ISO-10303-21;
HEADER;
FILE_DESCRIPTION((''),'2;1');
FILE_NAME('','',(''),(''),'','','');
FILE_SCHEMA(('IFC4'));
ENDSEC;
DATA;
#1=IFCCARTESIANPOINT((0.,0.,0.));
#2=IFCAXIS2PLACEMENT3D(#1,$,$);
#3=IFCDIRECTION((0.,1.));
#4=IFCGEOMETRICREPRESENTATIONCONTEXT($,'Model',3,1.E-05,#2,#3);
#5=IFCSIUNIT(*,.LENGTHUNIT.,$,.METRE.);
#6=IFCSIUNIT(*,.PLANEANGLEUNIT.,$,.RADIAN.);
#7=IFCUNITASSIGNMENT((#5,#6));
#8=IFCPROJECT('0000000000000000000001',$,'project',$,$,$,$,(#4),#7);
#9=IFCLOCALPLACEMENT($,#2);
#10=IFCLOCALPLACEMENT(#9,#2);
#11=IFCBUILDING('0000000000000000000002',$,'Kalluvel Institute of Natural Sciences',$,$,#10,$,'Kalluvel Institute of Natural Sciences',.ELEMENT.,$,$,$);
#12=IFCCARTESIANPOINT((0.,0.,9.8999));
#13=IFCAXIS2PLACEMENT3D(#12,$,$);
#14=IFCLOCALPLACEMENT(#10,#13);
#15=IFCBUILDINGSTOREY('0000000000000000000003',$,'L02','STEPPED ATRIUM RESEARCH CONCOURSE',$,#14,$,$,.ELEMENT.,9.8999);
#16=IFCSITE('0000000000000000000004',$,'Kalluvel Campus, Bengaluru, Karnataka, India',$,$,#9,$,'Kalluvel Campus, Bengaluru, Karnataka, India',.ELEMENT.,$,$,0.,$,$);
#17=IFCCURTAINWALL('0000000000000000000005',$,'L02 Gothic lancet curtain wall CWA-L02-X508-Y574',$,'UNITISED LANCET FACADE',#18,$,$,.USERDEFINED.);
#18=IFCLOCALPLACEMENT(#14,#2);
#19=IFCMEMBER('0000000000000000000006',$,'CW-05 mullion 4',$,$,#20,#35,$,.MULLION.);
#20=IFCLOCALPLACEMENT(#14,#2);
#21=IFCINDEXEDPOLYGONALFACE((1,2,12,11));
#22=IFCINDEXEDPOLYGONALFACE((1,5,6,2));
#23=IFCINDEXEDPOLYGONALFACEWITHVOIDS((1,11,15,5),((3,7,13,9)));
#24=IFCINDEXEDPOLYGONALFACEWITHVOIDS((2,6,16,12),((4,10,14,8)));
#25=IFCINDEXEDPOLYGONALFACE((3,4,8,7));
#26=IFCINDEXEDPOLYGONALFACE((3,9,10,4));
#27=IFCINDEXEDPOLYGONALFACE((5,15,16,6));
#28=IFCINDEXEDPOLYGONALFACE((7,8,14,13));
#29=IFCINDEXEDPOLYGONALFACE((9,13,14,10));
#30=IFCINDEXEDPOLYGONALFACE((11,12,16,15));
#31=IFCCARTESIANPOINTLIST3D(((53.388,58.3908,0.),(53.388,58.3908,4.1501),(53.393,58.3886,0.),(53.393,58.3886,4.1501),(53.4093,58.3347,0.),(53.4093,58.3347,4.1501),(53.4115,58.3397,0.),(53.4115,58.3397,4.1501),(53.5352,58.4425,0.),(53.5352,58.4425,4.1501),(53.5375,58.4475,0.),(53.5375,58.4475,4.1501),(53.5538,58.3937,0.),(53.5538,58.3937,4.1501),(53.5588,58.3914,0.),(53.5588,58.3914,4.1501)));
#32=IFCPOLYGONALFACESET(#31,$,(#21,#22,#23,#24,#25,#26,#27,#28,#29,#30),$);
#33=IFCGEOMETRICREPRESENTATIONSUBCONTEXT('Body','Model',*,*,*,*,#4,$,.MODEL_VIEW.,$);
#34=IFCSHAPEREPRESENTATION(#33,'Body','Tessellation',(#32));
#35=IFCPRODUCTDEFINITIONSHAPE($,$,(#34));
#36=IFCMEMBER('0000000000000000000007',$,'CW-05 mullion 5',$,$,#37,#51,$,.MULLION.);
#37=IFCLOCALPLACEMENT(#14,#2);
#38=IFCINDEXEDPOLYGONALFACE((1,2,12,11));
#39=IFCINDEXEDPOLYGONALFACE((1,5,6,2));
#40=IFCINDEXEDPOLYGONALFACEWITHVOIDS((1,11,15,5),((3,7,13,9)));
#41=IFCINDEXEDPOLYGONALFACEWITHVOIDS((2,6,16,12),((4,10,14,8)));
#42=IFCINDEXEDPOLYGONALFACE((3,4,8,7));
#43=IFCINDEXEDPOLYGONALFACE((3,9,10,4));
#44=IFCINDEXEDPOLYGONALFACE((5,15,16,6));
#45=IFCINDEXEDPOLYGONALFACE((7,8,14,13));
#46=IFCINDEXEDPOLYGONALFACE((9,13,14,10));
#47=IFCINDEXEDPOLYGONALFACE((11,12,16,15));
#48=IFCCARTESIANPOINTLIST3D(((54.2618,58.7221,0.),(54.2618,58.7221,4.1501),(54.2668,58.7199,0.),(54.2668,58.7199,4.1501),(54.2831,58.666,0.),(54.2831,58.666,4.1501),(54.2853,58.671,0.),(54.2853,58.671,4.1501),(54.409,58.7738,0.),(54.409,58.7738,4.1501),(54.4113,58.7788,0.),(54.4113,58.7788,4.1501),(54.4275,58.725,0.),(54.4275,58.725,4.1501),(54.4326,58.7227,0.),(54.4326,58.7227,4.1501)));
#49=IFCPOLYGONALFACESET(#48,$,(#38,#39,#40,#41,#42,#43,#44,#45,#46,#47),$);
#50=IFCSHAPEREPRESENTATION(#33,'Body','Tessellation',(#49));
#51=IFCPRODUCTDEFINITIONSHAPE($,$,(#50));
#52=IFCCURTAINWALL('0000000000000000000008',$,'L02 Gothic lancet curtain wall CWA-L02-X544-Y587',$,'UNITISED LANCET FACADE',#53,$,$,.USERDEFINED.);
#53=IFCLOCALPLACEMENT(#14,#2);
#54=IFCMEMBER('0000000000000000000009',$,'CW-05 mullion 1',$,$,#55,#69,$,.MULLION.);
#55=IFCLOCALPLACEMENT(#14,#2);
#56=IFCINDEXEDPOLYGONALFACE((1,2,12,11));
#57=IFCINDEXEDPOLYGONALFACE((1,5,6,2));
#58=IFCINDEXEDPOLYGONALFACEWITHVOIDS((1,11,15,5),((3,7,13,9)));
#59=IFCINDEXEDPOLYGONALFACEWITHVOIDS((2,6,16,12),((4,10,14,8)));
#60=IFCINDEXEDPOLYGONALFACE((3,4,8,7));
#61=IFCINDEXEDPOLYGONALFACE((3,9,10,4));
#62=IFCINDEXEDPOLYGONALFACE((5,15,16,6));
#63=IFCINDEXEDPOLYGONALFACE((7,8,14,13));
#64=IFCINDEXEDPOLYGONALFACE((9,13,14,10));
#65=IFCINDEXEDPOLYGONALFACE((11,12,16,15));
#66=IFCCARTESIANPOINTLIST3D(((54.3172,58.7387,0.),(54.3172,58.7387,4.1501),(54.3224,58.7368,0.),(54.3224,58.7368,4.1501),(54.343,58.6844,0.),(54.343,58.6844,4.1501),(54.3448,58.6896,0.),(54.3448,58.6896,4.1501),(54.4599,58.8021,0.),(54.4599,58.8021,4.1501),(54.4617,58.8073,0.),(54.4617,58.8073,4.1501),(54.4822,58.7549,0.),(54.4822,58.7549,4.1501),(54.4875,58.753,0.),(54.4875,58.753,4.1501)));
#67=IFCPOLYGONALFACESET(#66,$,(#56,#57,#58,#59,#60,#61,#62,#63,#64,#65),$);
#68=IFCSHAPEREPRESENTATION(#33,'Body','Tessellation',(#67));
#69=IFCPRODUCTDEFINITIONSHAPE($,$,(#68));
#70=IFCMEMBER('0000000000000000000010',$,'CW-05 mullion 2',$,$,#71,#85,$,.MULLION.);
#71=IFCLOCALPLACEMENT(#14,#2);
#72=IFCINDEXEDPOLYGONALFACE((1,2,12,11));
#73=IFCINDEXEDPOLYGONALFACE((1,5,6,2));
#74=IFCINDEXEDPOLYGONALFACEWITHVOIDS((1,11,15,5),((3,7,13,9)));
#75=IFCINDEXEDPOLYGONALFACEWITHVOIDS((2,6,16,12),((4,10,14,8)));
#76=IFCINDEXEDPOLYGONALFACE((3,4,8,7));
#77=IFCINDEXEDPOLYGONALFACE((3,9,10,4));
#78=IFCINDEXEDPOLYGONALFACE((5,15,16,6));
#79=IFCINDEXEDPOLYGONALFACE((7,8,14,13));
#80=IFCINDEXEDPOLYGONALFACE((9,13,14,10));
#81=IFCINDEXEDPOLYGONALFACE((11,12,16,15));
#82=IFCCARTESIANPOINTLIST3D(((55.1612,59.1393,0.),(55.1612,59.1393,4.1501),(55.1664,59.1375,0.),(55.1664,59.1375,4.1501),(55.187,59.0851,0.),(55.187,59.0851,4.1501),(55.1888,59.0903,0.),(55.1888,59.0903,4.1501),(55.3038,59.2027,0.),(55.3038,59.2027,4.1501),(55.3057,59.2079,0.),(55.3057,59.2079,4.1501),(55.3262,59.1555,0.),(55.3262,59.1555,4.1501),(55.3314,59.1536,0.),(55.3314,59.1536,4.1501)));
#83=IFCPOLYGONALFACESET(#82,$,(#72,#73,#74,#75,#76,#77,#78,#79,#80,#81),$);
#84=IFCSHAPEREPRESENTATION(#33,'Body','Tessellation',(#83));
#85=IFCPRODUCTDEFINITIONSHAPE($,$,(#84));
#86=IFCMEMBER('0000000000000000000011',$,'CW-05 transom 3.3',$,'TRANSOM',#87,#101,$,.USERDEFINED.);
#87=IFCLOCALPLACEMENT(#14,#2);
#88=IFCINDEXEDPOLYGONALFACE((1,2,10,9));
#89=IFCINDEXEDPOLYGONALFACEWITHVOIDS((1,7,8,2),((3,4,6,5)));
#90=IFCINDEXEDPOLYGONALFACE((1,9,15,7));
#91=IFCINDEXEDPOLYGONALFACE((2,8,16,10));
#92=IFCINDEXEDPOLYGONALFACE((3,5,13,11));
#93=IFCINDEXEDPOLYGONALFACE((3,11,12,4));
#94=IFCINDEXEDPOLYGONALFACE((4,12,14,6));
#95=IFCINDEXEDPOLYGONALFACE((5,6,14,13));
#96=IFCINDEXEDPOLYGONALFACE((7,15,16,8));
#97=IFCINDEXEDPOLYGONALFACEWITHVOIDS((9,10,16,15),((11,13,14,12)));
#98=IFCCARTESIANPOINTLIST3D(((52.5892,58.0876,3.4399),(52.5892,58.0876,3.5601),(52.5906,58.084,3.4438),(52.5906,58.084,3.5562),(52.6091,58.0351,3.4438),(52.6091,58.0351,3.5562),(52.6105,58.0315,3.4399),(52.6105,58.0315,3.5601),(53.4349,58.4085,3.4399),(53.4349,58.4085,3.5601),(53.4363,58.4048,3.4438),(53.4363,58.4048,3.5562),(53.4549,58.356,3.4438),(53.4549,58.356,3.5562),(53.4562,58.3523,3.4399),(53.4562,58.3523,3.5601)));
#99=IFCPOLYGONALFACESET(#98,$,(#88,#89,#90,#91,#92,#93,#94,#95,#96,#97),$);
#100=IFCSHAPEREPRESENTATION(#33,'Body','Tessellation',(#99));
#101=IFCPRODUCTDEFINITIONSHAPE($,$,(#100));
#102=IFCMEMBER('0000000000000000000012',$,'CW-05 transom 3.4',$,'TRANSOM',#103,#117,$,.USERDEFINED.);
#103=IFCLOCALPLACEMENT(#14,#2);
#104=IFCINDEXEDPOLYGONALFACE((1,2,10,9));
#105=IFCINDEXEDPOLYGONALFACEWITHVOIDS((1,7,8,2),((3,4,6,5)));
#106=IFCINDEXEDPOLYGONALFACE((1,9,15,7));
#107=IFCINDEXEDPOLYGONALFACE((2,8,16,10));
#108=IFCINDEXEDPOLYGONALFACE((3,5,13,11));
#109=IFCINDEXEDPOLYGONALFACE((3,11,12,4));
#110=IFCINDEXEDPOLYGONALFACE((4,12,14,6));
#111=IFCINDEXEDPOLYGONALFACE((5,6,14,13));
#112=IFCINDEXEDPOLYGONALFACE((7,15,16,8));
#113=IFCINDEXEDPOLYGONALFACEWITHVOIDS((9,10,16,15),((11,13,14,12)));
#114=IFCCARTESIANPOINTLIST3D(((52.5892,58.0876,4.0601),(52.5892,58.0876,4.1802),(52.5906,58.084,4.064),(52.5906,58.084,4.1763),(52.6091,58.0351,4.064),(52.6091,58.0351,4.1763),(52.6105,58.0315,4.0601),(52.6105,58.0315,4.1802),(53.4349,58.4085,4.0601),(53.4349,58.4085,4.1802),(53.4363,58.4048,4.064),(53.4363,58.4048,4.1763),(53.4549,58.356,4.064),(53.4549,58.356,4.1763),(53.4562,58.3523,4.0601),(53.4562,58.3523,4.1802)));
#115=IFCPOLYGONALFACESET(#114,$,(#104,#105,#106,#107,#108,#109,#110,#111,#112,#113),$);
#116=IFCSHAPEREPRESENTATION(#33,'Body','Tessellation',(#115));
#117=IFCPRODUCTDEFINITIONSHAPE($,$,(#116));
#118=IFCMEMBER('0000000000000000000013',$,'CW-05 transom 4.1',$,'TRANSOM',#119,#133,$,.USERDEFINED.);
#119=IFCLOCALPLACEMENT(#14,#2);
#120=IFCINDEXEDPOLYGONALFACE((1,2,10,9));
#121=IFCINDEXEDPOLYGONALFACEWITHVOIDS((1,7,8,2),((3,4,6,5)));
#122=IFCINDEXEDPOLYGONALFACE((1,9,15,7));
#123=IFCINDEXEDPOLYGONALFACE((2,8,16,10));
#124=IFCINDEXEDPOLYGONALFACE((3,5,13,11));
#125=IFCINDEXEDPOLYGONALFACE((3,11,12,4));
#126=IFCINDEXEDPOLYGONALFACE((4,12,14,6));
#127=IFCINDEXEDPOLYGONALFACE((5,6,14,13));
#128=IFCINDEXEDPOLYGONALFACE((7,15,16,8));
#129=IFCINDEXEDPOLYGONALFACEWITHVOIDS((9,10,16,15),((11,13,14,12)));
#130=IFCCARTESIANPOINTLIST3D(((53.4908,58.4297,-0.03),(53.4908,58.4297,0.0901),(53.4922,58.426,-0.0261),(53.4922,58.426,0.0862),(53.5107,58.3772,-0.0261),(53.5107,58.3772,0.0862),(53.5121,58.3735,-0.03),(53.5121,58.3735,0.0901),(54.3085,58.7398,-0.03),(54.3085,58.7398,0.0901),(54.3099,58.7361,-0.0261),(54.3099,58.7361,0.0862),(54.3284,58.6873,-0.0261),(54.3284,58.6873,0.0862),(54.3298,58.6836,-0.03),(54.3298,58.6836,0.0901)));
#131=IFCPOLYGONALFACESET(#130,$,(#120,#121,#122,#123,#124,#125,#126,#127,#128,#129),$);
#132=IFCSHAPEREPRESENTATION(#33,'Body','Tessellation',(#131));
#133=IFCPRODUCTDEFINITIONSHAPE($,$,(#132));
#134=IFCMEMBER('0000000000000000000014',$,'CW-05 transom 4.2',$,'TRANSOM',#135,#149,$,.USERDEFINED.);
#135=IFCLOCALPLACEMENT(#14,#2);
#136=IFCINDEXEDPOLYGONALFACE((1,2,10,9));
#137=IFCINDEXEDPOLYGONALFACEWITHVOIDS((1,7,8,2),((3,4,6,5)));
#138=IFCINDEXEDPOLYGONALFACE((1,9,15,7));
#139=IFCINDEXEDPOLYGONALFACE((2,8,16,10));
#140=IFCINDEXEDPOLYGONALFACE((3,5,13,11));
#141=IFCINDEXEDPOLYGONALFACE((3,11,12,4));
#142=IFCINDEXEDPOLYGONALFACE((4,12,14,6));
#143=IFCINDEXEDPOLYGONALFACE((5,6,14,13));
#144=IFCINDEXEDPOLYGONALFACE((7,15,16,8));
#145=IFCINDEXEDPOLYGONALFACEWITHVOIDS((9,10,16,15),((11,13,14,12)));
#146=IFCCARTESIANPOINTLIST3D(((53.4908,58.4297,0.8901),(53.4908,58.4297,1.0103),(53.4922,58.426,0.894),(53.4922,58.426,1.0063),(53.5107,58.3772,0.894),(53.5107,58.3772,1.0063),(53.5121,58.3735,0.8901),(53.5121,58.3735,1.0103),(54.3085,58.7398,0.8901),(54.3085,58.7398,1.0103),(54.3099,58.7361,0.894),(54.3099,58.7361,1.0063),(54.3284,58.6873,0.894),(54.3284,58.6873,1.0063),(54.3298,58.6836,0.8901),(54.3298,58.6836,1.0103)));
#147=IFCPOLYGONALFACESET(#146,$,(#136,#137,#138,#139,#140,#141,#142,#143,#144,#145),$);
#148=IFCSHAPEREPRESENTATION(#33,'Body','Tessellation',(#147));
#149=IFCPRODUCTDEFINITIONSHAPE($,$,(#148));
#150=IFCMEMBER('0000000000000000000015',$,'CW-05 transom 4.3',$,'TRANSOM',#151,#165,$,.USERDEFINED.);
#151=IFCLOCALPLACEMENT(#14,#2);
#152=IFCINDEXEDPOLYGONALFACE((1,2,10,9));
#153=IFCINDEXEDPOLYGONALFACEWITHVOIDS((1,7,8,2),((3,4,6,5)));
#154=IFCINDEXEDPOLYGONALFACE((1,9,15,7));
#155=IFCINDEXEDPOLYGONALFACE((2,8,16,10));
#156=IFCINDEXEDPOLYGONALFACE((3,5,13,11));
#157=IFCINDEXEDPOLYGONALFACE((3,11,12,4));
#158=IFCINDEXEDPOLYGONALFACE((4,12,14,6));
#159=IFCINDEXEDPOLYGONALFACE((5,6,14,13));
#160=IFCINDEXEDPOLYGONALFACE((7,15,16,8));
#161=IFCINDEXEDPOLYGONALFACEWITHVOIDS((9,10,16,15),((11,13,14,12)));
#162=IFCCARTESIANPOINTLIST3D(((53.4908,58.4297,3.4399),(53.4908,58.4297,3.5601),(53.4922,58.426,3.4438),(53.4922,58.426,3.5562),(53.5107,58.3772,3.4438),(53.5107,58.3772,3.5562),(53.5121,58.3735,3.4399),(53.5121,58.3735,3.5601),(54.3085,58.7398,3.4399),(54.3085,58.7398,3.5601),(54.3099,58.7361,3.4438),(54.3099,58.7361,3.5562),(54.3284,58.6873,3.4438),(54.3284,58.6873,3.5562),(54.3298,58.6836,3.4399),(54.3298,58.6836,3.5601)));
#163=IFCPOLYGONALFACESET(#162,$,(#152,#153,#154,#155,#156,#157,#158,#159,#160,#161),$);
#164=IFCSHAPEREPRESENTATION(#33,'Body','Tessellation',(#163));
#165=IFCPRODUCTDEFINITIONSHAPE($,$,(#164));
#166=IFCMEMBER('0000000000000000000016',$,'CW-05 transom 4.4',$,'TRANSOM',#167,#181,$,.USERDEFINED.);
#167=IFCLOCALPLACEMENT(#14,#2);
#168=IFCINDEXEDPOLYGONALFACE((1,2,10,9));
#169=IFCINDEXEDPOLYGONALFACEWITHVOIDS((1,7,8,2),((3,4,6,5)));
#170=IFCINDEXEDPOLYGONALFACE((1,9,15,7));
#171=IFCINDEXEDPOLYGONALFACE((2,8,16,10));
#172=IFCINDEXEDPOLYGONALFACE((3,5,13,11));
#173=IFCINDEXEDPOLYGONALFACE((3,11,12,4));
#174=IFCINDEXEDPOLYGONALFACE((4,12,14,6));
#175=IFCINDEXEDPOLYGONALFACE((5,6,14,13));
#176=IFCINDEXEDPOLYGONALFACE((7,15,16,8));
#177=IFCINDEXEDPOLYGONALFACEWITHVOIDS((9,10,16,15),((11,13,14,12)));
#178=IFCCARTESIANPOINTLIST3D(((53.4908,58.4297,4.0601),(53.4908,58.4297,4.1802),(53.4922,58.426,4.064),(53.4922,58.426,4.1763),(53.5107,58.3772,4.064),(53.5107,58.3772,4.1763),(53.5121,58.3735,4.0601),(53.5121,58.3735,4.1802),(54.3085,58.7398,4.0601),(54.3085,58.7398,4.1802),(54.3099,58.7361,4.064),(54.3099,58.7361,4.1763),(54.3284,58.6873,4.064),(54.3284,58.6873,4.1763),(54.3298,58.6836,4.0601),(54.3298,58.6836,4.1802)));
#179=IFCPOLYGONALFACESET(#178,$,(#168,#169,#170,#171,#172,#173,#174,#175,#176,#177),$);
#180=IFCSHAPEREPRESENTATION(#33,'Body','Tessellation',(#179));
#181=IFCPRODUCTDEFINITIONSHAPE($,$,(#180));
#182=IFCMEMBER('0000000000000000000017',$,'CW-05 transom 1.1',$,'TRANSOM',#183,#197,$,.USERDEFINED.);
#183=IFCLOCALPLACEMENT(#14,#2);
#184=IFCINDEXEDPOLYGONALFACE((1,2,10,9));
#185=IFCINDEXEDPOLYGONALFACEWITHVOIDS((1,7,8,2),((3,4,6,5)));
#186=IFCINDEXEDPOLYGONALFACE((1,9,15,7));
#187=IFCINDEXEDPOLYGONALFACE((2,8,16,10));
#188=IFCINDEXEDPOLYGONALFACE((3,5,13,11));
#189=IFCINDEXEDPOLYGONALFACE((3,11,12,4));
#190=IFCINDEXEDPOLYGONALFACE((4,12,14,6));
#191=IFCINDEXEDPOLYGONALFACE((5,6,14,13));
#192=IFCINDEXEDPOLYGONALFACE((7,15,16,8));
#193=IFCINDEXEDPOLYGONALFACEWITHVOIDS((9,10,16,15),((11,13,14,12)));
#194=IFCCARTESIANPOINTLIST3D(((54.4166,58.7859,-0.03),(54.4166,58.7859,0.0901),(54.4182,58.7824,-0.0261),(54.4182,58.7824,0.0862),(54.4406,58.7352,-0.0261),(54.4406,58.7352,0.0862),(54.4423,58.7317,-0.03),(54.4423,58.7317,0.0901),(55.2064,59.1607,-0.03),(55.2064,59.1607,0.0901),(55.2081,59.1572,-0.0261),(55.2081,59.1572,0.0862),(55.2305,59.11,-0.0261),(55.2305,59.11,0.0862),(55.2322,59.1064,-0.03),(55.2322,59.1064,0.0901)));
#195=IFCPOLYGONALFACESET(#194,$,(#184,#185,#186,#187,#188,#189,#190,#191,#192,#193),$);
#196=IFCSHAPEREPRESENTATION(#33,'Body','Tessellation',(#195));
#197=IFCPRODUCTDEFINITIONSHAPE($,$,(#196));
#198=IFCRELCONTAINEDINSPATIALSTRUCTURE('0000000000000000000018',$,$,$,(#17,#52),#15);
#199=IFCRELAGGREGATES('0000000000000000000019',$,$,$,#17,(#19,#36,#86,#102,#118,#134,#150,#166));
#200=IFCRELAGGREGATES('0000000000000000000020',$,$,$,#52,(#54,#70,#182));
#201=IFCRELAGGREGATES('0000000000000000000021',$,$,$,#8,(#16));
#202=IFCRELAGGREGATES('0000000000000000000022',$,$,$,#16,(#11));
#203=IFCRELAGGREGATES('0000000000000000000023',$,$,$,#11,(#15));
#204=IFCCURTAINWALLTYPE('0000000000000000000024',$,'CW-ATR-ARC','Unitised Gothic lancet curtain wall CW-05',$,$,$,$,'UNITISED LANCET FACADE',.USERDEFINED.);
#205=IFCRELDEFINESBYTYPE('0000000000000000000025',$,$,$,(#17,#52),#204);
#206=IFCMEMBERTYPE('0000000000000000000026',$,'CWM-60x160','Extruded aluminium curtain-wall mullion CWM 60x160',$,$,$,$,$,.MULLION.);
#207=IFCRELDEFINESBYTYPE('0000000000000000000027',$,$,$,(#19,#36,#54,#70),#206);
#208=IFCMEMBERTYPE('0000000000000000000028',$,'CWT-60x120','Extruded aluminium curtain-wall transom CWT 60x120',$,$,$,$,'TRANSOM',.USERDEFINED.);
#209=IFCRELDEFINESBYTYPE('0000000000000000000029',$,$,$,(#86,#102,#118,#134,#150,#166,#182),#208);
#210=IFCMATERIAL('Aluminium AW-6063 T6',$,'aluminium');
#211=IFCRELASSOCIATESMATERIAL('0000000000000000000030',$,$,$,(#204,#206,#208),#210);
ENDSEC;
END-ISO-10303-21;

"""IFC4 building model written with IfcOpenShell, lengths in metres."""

from ifc_helpers import new_model, si_unit, direction, frame, origin, origin_2d, place, context, subcontext, project, spatial, hollow_rectangle, extrude, material, material_profile, profile_set, type_object, element, aggregate, save


model = new_model("IFC4")

# Units and contexts
model_context = context("Model", 3, precision=1e-05, world=origin(), true_north=direction((0.0, 1.0)))
body_context = subcontext(model_context, "Body", "Model", "MODEL_VIEW")
ifc_project = project(units=[si_unit("LENGTHUNIT", "METRE"), si_unit("PLANEANGLEUNIT", "RADIAN")], contexts=[model_context])

# Site, building, storey
site_placement = place(None, origin())
site = spatial("IfcSite", under=ifc_project, at=site_placement, Name="Kalluvel Campus, Bengaluru, Karnataka, India", LongName="Kalluvel Campus, Bengaluru, Karnataka, India", CompositionType="ELEMENT", RefElevation=0.0)
building_placement = place(site_placement, origin())
building = spatial("IfcBuilding", under=site, at=building_placement, Name="Kalluvel Institute of Natural Sciences", LongName="Kalluvel Institute of Natural Sciences", CompositionType="ELEMENT")
storey_placement = place(building_placement, frame((0.0, 0.0, 9.8999)))
storey = spatial("IfcBuildingStorey", under=building, at=storey_placement, Name="L02", Description="STEPPED ATRIUM RESEARCH CONCOURSE", CompositionType="ELEMENT", Elevation=9.8999)

# Curtain walls, members
ifc_material_1 = material(Name="Aluminium AW-6063 T6", Category="aluminium")
curtain_wall_type = type_object("IfcCurtainWallType", Name="CW-ATR-ARC", Description="Unitised Gothic lancet curtain wall CW-05", ElementType="UNITISED LANCET FACADE", PredefinedType="USERDEFINED", material=ifc_material_1)
curtain_wall_1_placement = place(storey_placement, origin())
curtain_wall_1 = element("IfcCurtainWall", 1, at=curtain_wall_1_placement, inside=storey, type_object=curtain_wall_type, Name="L02 Gothic lancet curtain wall CWA-L02-X508-Y574", ObjectType="UNITISED LANCET FACADE", PredefinedType="USERDEFINED")
ifc_material_profile_1 = material_profile(ifc_material_1, hollow_rectangle(XDim=0.0601, YDim=0.1599, WallThickness=0.0039, at=origin_2d()), Name="CWM 60x160")
ifc_profile_set_1 = profile_set([ifc_material_profile_1], Name="Aluminium AW-6063 T6")
member_type_1 = type_object("IfcMemberType", Name="CWM-60x160", Description="Extruded aluminium curtain-wall mullion CWM 60x160", PredefinedType="MULLION", material=ifc_profile_set_1)
member_1_placement = place(storey_placement, frame((53.4734, 58.3911, 0.0), z_axis=(0.0, 0.0, 1.0), x_axis=(-0.35461, 0.935014, 0.0)))
member_1 = element("IfcMember", 2, at=member_1_placement, type_object=member_type_1, Name="CW-05 mullion 4", PredefinedType="MULLION", context=body_context, shape_type="SweptSolid", body=[
    extrude(hollow_rectangle(XDim=0.0601, YDim=0.1599, WallThickness=0.0039, at=origin_2d()), origin(), (0.0, 0.0, 1.0), 4.1501),
])
member_2_placement = place(storey_placement, frame((54.3472, 58.7224, 0.0), z_axis=(0.0, 0.0, 1.0), x_axis=(-0.35461, 0.935014, 0.0)))
member_2 = element("IfcMember", 3, at=member_2_placement, type_object=member_type_1, Name="CW-05 mullion 5", PredefinedType="MULLION", context=body_context, shape_type="SweptSolid", body=[
    extrude(hollow_rectangle(XDim=0.0601, YDim=0.1599, WallThickness=0.0039, at=origin_2d()), origin(), (0.0, 0.0, 1.0), 4.1501),
])
curtain_wall_2_placement = place(storey_placement, origin())
curtain_wall_2 = element("IfcCurtainWall", 4, at=curtain_wall_2_placement, inside=storey, type_object=curtain_wall_type, Name="L02 Gothic lancet curtain wall CWA-L02-X544-Y587", ObjectType="UNITISED LANCET FACADE", PredefinedType="USERDEFINED")
member_3_placement = place(storey_placement, frame((54.4023, 58.7458, 0.0), z_axis=(0.0, 0.0, 1.0), x_axis=(-0.428702, 0.903446, 0.0)))
member_3 = element("IfcMember", 5, at=member_3_placement, type_object=member_type_1, Name="CW-05 mullion 1", PredefinedType="MULLION", context=body_context, shape_type="SweptSolid", body=[
    extrude(hollow_rectangle(XDim=0.0601, YDim=0.1599, WallThickness=0.0039, at=origin_2d()), origin(), (0.0, 0.0, 1.0), 4.1501),
])
member_4_placement = place(storey_placement, frame((55.2463, 59.1465, 0.0), z_axis=(0.0, 0.0, 1.0), x_axis=(-0.428702, 0.903446, 0.0)))
member_4 = element("IfcMember", 6, at=member_4_placement, type_object=member_type_1, Name="CW-05 mullion 2", PredefinedType="MULLION", context=body_context, shape_type="SweptSolid", body=[
    extrude(hollow_rectangle(XDim=0.0601, YDim=0.1599, WallThickness=0.0039, at=origin_2d()), origin(), (0.0, 0.0, 1.0), 4.1501),
])

# Members
ifc_material_profile_2 = material_profile(ifc_material_1, hollow_rectangle(XDim=0.0601, YDim=0.1201, WallThickness=0.0039, at=origin_2d()), Name="CWT 60x120")
ifc_profile_set_2 = profile_set([ifc_material_profile_2], Name="Aluminium AW-6063 T6")
member_type_2 = type_object("IfcMemberType", Name="CWT-60x120", Description="Extruded aluminium curtain-wall transom CWT 60x120", ElementType="TRANSOM", PredefinedType="USERDEFINED", material=ifc_profile_set_2)
member_5_placement = place(storey_placement, frame((52.5999, 58.0596, 3.5), z_axis=(0.934991, 0.354671, 0.0), x_axis=(-0.354671, 0.934991, 0.0)))
member_5 = element("IfcMember", 7, at=member_5_placement, type_object=member_type_2, Name="CW-05 transom 3.3", ObjectType="TRANSOM", PredefinedType="USERDEFINED", context=body_context, shape_type="SweptSolid", body=[
    extrude(hollow_rectangle(XDim=0.0601, YDim=0.1201, WallThickness=0.0039, at=origin_2d()), origin(), (0.0, 0.0, 1.0), 0.9045),
])
member_6_placement = place(storey_placement, frame((52.5999, 58.0596, 4.1201), z_axis=(0.934991, 0.354671, 0.0), x_axis=(-0.354671, 0.934991, 0.0)))
member_6 = element("IfcMember", 8, at=member_6_placement, type_object=member_type_2, Name="CW-05 transom 3.4", ObjectType="TRANSOM", PredefinedType="USERDEFINED", context=body_context, shape_type="SweptSolid", body=[
    extrude(hollow_rectangle(XDim=0.0601, YDim=0.1201, WallThickness=0.0039, at=origin_2d()), origin(), (0.0, 0.0, 1.0), 0.9045),
])
member_7_placement = place(storey_placement, frame((53.5015, 58.4016, 0.03), z_axis=(0.935026, 0.354578, 0.0), x_axis=(-0.354578, 0.935026, 0.0)))
member_7 = element("IfcMember", 9, at=member_7_placement, type_object=member_type_2, Name="CW-05 transom 4.1", ObjectType="TRANSOM", PredefinedType="USERDEFINED", context=body_context, shape_type="SweptSolid", body=[
    extrude(hollow_rectangle(XDim=0.0601, YDim=0.1201, WallThickness=0.0039, at=origin_2d()), origin(), (0.0, 0.0, 1.0), 0.8745),
])
member_8_placement = place(storey_placement, frame((53.5015, 58.4016, 0.9502), z_axis=(0.935026, 0.354578, 0.0), x_axis=(-0.354578, 0.935026, 0.0)))
member_8 = element("IfcMember", 10, at=member_8_placement, type_object=member_type_2, Name="CW-05 transom 4.2", ObjectType="TRANSOM", PredefinedType="USERDEFINED", context=body_context, shape_type="SweptSolid", body=[
    extrude(hollow_rectangle(XDim=0.0601, YDim=0.1201, WallThickness=0.0039, at=origin_2d()), origin(), (0.0, 0.0, 1.0), 0.8745),
])
member_9_placement = place(storey_placement, frame((53.5015, 58.4016, 3.5), z_axis=(0.935026, 0.354578, 0.0), x_axis=(-0.354578, 0.935026, 0.0)))
member_9 = element("IfcMember", 11, at=member_9_placement, type_object=member_type_2, Name="CW-05 transom 4.3", ObjectType="TRANSOM", PredefinedType="USERDEFINED", context=body_context, shape_type="SweptSolid", body=[
    extrude(hollow_rectangle(XDim=0.0601, YDim=0.1201, WallThickness=0.0039, at=origin_2d()), origin(), (0.0, 0.0, 1.0), 0.8745),
])
member_10_placement = place(storey_placement, frame((53.5015, 58.4016, 4.1201), z_axis=(0.935026, 0.354578, 0.0), x_axis=(-0.354578, 0.935026, 0.0)))
member_10 = element("IfcMember", 12, at=member_10_placement, type_object=member_type_2, Name="CW-05 transom 4.4", ObjectType="TRANSOM", PredefinedType="USERDEFINED", context=body_context, shape_type="SweptSolid", body=[
    extrude(hollow_rectangle(XDim=0.0601, YDim=0.1201, WallThickness=0.0039, at=origin_2d()), origin(), (0.0, 0.0, 1.0), 0.8745),
])
member_11_placement = place(storey_placement, frame((54.4294, 58.7588, 0.03), z_axis=(0.903453, 0.428687, 0.0), x_axis=(-0.428687, 0.903453, 0.0)))
member_11 = element("IfcMember", 13, at=member_11_placement, type_object=member_type_2, Name="CW-05 transom 1.1", ObjectType="TRANSOM", PredefinedType="USERDEFINED", context=body_context, shape_type="SweptSolid", body=[
    extrude(hollow_rectangle(XDim=0.0601, YDim=0.1201, WallThickness=0.0039, at=origin_2d()), origin(), (0.0, 0.0, 1.0), 0.8743),
])

aggregate(curtain_wall_1, [member_1, member_2, member_5, member_6, member_7, member_8, member_9, member_10])
aggregate(curtain_wall_2, [member_3, member_4, member_11])

save(model, "model.ifc")
